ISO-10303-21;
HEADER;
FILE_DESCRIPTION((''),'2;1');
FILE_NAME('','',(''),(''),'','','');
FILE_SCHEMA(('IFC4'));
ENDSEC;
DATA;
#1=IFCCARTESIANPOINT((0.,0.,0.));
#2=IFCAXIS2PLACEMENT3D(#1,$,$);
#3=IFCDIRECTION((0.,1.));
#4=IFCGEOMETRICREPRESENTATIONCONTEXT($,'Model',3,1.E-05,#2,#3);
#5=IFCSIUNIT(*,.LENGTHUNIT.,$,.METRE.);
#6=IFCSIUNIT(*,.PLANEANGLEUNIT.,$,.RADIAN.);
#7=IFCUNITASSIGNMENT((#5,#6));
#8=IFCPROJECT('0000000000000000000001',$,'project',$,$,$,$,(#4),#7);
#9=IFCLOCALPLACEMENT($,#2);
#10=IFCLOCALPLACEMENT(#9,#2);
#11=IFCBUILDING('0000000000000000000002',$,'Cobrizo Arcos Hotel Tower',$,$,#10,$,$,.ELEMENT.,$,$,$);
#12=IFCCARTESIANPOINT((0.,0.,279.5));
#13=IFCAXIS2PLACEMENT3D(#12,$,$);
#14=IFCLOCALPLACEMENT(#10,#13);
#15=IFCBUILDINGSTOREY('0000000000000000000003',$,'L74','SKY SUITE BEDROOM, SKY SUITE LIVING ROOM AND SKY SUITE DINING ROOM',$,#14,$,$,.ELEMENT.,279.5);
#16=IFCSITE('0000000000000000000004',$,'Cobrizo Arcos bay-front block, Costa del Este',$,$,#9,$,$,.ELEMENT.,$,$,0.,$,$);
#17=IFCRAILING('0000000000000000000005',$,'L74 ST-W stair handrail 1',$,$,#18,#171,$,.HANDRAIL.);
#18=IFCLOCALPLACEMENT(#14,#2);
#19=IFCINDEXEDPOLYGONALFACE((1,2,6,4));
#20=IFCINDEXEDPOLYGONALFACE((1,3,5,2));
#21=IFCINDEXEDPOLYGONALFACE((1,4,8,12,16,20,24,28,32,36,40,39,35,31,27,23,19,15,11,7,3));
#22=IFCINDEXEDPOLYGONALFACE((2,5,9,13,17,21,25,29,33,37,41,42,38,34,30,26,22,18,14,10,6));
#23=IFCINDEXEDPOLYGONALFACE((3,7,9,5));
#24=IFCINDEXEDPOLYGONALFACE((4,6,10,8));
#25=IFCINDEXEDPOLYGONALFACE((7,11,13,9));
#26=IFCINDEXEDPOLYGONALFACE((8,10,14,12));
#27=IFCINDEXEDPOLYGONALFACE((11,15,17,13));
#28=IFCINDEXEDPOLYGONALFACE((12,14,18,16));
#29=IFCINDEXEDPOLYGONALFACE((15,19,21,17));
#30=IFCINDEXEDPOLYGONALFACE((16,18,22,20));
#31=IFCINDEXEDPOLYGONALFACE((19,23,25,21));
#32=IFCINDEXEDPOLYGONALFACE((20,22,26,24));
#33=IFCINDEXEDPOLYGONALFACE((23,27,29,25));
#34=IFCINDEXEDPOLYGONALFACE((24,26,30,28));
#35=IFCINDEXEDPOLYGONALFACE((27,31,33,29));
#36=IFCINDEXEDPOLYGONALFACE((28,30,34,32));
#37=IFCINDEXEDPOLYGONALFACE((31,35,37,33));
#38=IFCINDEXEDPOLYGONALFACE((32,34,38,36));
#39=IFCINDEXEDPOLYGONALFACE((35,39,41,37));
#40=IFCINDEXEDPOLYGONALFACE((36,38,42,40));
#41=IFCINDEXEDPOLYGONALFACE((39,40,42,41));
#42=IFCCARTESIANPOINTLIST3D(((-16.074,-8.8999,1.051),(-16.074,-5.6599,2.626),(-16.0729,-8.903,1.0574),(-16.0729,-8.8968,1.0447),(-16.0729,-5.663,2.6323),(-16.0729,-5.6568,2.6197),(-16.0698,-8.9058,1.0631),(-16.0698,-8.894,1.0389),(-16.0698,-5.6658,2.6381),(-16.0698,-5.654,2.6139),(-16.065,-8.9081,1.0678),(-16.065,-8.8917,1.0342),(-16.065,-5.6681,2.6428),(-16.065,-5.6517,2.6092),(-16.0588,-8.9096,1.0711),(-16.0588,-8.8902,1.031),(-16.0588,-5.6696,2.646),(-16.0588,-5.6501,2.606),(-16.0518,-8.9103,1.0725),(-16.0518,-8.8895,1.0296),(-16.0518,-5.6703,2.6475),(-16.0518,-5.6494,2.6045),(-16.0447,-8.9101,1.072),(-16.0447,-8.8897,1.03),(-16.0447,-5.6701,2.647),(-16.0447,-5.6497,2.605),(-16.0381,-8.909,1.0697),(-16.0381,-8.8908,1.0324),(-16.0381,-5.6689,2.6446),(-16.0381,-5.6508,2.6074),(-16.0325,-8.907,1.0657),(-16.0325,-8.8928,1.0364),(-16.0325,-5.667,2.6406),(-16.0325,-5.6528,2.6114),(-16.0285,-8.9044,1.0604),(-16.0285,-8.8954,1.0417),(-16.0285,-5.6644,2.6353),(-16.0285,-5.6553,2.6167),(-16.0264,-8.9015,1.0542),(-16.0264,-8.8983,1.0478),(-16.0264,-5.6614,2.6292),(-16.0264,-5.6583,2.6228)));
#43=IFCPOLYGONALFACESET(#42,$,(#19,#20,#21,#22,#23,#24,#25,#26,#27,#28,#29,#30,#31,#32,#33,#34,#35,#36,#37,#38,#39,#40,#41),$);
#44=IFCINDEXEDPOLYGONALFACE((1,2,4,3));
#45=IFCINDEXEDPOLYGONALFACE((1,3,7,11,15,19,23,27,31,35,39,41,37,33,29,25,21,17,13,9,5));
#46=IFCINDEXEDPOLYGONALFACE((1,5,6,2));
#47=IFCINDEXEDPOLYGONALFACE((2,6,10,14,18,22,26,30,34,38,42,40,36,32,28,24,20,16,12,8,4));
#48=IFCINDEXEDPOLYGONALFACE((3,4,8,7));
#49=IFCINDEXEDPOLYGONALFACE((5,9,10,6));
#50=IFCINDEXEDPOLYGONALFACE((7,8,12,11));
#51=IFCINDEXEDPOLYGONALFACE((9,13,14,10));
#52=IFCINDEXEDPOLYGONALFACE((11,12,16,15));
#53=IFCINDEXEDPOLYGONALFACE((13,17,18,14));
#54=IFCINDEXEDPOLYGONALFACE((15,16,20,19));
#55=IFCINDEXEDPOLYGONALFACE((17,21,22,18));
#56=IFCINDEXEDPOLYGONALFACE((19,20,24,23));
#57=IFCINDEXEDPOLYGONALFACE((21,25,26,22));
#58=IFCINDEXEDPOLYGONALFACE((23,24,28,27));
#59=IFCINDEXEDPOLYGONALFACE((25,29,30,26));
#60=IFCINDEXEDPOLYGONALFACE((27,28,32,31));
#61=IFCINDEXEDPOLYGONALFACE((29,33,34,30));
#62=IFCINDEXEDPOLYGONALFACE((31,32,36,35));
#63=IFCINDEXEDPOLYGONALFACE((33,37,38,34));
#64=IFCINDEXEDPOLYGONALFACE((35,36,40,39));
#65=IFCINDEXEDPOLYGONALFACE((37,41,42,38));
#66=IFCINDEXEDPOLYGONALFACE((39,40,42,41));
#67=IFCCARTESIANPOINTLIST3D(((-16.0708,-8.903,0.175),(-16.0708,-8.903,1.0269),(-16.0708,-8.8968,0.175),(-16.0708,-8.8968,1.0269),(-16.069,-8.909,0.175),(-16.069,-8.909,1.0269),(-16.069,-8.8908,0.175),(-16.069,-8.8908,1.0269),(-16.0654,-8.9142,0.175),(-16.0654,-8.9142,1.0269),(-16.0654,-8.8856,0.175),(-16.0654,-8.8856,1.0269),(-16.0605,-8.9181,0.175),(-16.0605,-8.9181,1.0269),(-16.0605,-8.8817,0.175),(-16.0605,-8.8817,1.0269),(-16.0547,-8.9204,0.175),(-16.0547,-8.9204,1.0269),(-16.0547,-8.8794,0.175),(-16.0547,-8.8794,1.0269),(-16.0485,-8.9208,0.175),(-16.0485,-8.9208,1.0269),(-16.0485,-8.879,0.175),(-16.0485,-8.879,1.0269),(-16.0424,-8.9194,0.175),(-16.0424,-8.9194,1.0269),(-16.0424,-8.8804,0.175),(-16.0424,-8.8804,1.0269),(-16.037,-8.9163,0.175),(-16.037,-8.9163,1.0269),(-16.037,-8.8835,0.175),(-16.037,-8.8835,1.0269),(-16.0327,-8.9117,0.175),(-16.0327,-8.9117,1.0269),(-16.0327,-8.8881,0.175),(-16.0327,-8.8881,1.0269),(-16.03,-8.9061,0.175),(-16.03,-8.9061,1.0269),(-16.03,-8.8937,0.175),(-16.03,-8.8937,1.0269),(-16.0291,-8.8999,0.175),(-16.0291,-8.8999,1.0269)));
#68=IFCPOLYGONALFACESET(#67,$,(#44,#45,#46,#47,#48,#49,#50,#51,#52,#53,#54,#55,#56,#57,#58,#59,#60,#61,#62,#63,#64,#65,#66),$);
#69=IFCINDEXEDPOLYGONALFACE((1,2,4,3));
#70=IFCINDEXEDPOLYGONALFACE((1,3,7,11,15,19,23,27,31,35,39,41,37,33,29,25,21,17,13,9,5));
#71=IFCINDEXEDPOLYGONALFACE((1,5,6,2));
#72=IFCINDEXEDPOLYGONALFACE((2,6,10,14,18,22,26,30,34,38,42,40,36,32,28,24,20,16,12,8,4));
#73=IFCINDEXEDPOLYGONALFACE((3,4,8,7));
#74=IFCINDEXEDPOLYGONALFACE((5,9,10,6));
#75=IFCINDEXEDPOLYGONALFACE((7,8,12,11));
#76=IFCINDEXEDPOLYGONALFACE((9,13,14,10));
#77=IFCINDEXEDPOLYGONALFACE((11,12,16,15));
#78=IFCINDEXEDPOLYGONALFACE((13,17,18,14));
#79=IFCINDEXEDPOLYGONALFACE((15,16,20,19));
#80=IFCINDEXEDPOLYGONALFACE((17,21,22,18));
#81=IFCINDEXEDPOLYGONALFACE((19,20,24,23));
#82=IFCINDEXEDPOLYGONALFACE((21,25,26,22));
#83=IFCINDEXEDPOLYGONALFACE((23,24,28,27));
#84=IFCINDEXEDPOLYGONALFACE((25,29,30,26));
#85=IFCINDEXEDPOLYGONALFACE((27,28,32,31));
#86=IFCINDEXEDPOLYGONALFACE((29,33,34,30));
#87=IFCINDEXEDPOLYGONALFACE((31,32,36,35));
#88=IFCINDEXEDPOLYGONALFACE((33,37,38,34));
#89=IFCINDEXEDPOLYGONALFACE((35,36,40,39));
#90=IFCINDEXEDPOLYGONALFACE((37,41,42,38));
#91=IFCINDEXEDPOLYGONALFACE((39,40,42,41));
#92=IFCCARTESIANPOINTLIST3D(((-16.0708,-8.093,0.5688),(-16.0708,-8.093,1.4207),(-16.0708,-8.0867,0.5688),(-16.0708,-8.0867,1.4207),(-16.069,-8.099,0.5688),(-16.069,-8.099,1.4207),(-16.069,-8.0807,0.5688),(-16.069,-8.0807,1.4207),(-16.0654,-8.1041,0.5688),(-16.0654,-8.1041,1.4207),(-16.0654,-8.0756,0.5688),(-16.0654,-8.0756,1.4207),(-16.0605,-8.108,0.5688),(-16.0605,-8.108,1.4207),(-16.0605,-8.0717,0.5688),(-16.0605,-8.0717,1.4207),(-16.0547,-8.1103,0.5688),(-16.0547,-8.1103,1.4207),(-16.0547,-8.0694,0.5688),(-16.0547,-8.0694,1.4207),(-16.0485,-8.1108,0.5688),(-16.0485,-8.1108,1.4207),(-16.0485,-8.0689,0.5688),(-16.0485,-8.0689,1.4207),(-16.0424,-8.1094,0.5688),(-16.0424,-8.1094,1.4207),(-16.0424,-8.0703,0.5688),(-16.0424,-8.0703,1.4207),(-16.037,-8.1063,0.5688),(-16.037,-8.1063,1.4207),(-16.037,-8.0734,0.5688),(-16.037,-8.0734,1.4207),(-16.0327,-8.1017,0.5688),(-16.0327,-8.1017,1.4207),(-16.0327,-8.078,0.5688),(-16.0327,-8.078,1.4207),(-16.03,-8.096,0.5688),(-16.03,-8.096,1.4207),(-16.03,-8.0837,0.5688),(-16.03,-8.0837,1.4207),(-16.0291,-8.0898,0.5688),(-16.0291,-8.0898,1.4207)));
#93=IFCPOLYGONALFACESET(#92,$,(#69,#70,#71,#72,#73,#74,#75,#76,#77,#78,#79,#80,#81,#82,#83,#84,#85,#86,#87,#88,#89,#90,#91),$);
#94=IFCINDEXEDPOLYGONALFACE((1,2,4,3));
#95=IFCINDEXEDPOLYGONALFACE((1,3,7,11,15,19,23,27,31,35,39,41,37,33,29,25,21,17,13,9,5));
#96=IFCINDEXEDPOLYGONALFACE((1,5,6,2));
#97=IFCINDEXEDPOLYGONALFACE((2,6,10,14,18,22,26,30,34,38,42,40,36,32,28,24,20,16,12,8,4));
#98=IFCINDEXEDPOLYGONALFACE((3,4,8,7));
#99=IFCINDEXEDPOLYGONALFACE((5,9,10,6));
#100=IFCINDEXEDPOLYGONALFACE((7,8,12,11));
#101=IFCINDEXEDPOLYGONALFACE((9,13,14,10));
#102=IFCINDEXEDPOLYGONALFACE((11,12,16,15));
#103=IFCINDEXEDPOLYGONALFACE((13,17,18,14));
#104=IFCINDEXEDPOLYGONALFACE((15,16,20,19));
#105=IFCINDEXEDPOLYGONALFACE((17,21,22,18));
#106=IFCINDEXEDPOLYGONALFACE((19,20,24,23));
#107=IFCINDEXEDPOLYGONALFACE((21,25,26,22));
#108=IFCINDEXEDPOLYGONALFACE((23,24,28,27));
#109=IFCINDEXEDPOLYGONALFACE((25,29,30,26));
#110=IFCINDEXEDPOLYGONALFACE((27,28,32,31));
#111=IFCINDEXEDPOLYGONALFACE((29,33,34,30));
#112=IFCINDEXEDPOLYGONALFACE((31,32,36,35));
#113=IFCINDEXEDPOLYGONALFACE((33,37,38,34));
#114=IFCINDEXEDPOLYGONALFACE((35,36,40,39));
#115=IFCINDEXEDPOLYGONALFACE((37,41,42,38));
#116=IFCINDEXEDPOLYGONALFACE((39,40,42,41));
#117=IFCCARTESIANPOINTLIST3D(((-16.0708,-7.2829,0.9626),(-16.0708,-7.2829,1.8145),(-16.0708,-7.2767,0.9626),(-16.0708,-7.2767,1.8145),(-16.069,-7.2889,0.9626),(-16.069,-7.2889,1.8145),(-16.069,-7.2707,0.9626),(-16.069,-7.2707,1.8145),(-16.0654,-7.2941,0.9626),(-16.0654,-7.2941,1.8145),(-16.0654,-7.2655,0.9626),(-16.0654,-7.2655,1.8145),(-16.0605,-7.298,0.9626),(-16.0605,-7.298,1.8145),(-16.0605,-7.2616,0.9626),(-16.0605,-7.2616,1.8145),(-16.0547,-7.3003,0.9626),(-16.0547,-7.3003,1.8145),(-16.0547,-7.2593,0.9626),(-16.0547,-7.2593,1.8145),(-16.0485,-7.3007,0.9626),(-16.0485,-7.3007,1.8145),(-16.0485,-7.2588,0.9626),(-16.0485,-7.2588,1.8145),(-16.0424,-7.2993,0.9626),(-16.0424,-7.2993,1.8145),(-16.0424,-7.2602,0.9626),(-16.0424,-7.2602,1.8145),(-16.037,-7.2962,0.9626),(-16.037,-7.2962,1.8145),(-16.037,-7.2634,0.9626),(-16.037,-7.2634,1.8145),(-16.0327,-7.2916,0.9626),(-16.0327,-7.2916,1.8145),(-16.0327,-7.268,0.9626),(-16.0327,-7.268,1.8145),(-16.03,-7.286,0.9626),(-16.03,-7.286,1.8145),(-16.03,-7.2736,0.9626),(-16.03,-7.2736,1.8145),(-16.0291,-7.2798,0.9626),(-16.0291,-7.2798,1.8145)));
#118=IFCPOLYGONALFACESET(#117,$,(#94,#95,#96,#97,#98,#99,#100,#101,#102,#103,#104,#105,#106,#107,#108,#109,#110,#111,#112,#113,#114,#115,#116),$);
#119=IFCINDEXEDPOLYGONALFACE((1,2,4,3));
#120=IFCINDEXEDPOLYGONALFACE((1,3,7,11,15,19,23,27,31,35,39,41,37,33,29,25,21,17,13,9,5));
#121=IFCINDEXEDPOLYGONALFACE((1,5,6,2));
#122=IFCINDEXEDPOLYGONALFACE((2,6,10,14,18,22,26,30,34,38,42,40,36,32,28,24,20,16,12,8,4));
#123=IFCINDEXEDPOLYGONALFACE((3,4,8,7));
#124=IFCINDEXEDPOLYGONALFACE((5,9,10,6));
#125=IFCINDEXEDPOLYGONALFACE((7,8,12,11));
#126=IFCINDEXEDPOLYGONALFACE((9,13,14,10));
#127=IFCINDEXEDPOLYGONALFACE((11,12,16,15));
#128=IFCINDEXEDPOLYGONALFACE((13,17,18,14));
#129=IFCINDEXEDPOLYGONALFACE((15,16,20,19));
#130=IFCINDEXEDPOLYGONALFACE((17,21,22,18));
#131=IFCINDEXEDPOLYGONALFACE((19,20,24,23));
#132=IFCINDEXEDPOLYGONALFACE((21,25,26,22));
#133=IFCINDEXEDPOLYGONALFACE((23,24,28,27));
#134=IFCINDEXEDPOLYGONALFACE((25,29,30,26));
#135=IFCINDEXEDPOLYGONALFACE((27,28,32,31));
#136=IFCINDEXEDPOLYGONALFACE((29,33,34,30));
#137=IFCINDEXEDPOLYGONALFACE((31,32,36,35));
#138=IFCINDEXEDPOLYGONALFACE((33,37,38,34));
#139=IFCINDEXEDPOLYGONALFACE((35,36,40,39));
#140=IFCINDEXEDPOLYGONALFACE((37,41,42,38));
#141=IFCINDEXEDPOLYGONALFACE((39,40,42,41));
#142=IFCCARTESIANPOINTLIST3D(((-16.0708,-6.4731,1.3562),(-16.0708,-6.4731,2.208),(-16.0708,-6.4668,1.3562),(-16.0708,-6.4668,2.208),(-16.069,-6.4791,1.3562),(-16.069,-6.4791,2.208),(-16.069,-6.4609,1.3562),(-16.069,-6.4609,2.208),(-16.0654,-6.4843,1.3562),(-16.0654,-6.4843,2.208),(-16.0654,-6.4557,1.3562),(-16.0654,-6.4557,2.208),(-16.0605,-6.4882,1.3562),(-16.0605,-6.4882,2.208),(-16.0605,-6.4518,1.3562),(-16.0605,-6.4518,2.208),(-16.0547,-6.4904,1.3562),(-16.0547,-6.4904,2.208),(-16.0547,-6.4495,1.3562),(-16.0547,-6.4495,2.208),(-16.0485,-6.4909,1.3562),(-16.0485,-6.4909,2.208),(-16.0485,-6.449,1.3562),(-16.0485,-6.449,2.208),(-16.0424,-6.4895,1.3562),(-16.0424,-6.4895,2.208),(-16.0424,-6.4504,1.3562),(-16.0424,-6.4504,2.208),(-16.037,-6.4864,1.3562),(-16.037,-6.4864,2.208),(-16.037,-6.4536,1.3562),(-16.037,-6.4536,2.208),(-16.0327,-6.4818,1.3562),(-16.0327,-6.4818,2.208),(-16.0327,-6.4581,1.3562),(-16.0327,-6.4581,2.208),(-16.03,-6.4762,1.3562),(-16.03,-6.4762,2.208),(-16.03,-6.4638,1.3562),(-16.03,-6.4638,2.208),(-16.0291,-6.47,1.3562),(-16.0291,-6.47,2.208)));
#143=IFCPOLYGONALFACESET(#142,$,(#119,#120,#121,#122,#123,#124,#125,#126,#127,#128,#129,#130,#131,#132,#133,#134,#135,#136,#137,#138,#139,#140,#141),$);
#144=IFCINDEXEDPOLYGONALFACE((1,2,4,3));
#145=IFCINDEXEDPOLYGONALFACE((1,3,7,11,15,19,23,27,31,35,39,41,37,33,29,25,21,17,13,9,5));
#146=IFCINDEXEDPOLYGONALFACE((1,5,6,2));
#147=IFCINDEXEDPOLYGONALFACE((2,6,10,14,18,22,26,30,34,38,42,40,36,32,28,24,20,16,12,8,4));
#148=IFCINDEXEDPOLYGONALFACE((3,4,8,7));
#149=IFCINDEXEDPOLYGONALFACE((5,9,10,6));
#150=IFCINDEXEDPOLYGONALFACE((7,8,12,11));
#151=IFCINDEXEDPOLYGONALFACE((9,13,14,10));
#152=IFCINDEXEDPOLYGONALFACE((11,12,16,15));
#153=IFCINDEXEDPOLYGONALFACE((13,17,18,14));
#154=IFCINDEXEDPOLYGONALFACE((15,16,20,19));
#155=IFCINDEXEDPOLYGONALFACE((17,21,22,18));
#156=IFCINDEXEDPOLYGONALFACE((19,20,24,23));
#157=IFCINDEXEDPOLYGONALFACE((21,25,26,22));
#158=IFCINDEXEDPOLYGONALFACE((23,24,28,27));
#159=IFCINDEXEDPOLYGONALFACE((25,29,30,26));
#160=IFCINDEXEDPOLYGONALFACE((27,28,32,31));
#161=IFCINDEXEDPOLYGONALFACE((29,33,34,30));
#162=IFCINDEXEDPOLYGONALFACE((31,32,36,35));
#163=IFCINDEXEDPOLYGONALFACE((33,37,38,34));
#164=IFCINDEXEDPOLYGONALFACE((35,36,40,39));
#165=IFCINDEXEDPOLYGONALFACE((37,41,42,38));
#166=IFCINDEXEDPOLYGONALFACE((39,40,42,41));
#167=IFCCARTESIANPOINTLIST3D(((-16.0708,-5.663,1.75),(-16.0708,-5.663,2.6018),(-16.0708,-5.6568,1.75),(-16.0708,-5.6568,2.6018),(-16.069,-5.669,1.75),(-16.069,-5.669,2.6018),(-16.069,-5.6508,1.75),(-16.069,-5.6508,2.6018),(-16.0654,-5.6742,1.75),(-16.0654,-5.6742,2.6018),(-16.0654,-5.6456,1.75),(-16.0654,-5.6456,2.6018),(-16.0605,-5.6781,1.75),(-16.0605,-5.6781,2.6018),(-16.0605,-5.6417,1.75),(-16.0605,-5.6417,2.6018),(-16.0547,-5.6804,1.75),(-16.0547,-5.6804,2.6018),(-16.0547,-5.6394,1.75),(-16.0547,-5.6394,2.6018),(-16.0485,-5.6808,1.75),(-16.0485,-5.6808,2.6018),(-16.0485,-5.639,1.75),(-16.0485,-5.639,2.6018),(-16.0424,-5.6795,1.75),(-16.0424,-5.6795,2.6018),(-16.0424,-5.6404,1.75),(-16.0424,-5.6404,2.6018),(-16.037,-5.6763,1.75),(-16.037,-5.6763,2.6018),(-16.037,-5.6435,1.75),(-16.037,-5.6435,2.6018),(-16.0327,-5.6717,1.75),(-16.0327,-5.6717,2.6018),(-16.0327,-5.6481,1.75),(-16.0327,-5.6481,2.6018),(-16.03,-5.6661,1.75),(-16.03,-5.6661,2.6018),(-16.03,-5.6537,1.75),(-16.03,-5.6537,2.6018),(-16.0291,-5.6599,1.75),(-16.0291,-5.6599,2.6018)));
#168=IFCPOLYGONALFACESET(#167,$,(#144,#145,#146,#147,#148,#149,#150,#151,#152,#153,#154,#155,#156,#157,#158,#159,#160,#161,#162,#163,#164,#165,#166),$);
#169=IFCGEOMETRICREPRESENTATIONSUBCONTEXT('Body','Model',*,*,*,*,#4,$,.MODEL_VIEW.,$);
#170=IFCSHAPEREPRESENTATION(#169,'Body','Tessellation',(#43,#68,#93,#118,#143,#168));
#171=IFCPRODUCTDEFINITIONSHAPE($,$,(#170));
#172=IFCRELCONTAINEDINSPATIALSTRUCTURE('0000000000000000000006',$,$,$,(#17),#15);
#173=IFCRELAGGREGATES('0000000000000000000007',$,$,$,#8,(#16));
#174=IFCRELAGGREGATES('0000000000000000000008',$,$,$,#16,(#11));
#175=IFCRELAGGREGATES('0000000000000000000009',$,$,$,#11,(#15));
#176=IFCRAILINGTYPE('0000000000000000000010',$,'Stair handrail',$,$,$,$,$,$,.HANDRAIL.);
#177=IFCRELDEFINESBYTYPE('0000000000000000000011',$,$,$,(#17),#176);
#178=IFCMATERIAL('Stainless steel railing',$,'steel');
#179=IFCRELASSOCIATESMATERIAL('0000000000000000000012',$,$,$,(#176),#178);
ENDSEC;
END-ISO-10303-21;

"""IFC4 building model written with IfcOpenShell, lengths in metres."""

from ifc_helpers import new_model, si_unit, direction, frame, origin, origin_2d, place, context, subcontext, project, spatial, circle, extrude, material, type_object, element, save


model = new_model("IFC4")

# Units and contexts
model_context = context("Model", 3, precision=1e-05, world=origin(), true_north=direction((0.0, 1.0)))
body_context = subcontext(model_context, "Body", "Model", "MODEL_VIEW")
ifc_project = project(units=[si_unit("LENGTHUNIT", "METRE"), si_unit("PLANEANGLEUNIT", "RADIAN")], contexts=[model_context])

# Site, building, storey
site_placement = place(None, origin())
site = spatial("IfcSite", under=ifc_project, at=site_placement, Name="Cobrizo Arcos bay-front block, Costa del Este", CompositionType="ELEMENT", RefElevation=0.0)
building_placement = place(site_placement, origin())
building = spatial("IfcBuilding", under=site, at=building_placement, Name="Cobrizo Arcos Hotel Tower", CompositionType="ELEMENT")
storey_placement = place(building_placement, frame((0.0, 0.0, 279.5)))
storey = spatial("IfcBuildingStorey", under=building, at=storey_placement, Name="L74", Description="SKY SUITE BEDROOM, SKY SUITE LIVING ROOM AND SKY SUITE DINING ROOM", CompositionType="ELEMENT", Elevation=279.5)

# Railing
ifc_material_1 = material(Name="Stainless steel railing", Category="steel")
railing_type_1 = type_object("IfcRailingType", Name="Stair handrail", PredefinedType="HANDRAIL", material=ifc_material_1)
railing_1_placement = place(storey_placement, frame((-16.05, -8.8999, 0.175)))
element("IfcRailing", 1, at=railing_1_placement, inside=storey, type_object=railing_type_1, Name="L74 ST-W stair handrail 1", PredefinedType="HANDRAIL", context=body_context, shape_type="SweptSolid", body=[
    extrude(circle(Radius=0.0239, at=origin_2d()), frame((0.0, 0.0, 0.876), z_axis=(0.0, 0.899373, 0.437183), x_axis=(-1.0, 0.0, 0.0)), (0.0, 0.0, 1.0), 3.6025),
    extrude(circle(Radius=0.021, at=origin_2d()), origin(), (0.0, 0.0, 1.0), 0.8518),
    extrude(circle(Radius=0.021, at=origin_2d()), frame((0.0, 0.8101, 0.3938)), (0.0, 0.0, 1.0), 0.8518),
    extrude(circle(Radius=0.021, at=origin_2d()), frame((0.0, 1.6201, 0.7876)), (0.0, 0.0, 1.0), 0.8518),
    extrude(circle(Radius=0.021, at=origin_2d()), frame((0.0, 2.4299, 1.1812)), (0.0, 0.0, 1.0), 0.8518),
    extrude(circle(Radius=0.021, at=origin_2d()), frame((0.0, 3.24, 1.575)), (0.0, 0.0, 1.0), 0.8518),
])

save(model, "model.ifc")
